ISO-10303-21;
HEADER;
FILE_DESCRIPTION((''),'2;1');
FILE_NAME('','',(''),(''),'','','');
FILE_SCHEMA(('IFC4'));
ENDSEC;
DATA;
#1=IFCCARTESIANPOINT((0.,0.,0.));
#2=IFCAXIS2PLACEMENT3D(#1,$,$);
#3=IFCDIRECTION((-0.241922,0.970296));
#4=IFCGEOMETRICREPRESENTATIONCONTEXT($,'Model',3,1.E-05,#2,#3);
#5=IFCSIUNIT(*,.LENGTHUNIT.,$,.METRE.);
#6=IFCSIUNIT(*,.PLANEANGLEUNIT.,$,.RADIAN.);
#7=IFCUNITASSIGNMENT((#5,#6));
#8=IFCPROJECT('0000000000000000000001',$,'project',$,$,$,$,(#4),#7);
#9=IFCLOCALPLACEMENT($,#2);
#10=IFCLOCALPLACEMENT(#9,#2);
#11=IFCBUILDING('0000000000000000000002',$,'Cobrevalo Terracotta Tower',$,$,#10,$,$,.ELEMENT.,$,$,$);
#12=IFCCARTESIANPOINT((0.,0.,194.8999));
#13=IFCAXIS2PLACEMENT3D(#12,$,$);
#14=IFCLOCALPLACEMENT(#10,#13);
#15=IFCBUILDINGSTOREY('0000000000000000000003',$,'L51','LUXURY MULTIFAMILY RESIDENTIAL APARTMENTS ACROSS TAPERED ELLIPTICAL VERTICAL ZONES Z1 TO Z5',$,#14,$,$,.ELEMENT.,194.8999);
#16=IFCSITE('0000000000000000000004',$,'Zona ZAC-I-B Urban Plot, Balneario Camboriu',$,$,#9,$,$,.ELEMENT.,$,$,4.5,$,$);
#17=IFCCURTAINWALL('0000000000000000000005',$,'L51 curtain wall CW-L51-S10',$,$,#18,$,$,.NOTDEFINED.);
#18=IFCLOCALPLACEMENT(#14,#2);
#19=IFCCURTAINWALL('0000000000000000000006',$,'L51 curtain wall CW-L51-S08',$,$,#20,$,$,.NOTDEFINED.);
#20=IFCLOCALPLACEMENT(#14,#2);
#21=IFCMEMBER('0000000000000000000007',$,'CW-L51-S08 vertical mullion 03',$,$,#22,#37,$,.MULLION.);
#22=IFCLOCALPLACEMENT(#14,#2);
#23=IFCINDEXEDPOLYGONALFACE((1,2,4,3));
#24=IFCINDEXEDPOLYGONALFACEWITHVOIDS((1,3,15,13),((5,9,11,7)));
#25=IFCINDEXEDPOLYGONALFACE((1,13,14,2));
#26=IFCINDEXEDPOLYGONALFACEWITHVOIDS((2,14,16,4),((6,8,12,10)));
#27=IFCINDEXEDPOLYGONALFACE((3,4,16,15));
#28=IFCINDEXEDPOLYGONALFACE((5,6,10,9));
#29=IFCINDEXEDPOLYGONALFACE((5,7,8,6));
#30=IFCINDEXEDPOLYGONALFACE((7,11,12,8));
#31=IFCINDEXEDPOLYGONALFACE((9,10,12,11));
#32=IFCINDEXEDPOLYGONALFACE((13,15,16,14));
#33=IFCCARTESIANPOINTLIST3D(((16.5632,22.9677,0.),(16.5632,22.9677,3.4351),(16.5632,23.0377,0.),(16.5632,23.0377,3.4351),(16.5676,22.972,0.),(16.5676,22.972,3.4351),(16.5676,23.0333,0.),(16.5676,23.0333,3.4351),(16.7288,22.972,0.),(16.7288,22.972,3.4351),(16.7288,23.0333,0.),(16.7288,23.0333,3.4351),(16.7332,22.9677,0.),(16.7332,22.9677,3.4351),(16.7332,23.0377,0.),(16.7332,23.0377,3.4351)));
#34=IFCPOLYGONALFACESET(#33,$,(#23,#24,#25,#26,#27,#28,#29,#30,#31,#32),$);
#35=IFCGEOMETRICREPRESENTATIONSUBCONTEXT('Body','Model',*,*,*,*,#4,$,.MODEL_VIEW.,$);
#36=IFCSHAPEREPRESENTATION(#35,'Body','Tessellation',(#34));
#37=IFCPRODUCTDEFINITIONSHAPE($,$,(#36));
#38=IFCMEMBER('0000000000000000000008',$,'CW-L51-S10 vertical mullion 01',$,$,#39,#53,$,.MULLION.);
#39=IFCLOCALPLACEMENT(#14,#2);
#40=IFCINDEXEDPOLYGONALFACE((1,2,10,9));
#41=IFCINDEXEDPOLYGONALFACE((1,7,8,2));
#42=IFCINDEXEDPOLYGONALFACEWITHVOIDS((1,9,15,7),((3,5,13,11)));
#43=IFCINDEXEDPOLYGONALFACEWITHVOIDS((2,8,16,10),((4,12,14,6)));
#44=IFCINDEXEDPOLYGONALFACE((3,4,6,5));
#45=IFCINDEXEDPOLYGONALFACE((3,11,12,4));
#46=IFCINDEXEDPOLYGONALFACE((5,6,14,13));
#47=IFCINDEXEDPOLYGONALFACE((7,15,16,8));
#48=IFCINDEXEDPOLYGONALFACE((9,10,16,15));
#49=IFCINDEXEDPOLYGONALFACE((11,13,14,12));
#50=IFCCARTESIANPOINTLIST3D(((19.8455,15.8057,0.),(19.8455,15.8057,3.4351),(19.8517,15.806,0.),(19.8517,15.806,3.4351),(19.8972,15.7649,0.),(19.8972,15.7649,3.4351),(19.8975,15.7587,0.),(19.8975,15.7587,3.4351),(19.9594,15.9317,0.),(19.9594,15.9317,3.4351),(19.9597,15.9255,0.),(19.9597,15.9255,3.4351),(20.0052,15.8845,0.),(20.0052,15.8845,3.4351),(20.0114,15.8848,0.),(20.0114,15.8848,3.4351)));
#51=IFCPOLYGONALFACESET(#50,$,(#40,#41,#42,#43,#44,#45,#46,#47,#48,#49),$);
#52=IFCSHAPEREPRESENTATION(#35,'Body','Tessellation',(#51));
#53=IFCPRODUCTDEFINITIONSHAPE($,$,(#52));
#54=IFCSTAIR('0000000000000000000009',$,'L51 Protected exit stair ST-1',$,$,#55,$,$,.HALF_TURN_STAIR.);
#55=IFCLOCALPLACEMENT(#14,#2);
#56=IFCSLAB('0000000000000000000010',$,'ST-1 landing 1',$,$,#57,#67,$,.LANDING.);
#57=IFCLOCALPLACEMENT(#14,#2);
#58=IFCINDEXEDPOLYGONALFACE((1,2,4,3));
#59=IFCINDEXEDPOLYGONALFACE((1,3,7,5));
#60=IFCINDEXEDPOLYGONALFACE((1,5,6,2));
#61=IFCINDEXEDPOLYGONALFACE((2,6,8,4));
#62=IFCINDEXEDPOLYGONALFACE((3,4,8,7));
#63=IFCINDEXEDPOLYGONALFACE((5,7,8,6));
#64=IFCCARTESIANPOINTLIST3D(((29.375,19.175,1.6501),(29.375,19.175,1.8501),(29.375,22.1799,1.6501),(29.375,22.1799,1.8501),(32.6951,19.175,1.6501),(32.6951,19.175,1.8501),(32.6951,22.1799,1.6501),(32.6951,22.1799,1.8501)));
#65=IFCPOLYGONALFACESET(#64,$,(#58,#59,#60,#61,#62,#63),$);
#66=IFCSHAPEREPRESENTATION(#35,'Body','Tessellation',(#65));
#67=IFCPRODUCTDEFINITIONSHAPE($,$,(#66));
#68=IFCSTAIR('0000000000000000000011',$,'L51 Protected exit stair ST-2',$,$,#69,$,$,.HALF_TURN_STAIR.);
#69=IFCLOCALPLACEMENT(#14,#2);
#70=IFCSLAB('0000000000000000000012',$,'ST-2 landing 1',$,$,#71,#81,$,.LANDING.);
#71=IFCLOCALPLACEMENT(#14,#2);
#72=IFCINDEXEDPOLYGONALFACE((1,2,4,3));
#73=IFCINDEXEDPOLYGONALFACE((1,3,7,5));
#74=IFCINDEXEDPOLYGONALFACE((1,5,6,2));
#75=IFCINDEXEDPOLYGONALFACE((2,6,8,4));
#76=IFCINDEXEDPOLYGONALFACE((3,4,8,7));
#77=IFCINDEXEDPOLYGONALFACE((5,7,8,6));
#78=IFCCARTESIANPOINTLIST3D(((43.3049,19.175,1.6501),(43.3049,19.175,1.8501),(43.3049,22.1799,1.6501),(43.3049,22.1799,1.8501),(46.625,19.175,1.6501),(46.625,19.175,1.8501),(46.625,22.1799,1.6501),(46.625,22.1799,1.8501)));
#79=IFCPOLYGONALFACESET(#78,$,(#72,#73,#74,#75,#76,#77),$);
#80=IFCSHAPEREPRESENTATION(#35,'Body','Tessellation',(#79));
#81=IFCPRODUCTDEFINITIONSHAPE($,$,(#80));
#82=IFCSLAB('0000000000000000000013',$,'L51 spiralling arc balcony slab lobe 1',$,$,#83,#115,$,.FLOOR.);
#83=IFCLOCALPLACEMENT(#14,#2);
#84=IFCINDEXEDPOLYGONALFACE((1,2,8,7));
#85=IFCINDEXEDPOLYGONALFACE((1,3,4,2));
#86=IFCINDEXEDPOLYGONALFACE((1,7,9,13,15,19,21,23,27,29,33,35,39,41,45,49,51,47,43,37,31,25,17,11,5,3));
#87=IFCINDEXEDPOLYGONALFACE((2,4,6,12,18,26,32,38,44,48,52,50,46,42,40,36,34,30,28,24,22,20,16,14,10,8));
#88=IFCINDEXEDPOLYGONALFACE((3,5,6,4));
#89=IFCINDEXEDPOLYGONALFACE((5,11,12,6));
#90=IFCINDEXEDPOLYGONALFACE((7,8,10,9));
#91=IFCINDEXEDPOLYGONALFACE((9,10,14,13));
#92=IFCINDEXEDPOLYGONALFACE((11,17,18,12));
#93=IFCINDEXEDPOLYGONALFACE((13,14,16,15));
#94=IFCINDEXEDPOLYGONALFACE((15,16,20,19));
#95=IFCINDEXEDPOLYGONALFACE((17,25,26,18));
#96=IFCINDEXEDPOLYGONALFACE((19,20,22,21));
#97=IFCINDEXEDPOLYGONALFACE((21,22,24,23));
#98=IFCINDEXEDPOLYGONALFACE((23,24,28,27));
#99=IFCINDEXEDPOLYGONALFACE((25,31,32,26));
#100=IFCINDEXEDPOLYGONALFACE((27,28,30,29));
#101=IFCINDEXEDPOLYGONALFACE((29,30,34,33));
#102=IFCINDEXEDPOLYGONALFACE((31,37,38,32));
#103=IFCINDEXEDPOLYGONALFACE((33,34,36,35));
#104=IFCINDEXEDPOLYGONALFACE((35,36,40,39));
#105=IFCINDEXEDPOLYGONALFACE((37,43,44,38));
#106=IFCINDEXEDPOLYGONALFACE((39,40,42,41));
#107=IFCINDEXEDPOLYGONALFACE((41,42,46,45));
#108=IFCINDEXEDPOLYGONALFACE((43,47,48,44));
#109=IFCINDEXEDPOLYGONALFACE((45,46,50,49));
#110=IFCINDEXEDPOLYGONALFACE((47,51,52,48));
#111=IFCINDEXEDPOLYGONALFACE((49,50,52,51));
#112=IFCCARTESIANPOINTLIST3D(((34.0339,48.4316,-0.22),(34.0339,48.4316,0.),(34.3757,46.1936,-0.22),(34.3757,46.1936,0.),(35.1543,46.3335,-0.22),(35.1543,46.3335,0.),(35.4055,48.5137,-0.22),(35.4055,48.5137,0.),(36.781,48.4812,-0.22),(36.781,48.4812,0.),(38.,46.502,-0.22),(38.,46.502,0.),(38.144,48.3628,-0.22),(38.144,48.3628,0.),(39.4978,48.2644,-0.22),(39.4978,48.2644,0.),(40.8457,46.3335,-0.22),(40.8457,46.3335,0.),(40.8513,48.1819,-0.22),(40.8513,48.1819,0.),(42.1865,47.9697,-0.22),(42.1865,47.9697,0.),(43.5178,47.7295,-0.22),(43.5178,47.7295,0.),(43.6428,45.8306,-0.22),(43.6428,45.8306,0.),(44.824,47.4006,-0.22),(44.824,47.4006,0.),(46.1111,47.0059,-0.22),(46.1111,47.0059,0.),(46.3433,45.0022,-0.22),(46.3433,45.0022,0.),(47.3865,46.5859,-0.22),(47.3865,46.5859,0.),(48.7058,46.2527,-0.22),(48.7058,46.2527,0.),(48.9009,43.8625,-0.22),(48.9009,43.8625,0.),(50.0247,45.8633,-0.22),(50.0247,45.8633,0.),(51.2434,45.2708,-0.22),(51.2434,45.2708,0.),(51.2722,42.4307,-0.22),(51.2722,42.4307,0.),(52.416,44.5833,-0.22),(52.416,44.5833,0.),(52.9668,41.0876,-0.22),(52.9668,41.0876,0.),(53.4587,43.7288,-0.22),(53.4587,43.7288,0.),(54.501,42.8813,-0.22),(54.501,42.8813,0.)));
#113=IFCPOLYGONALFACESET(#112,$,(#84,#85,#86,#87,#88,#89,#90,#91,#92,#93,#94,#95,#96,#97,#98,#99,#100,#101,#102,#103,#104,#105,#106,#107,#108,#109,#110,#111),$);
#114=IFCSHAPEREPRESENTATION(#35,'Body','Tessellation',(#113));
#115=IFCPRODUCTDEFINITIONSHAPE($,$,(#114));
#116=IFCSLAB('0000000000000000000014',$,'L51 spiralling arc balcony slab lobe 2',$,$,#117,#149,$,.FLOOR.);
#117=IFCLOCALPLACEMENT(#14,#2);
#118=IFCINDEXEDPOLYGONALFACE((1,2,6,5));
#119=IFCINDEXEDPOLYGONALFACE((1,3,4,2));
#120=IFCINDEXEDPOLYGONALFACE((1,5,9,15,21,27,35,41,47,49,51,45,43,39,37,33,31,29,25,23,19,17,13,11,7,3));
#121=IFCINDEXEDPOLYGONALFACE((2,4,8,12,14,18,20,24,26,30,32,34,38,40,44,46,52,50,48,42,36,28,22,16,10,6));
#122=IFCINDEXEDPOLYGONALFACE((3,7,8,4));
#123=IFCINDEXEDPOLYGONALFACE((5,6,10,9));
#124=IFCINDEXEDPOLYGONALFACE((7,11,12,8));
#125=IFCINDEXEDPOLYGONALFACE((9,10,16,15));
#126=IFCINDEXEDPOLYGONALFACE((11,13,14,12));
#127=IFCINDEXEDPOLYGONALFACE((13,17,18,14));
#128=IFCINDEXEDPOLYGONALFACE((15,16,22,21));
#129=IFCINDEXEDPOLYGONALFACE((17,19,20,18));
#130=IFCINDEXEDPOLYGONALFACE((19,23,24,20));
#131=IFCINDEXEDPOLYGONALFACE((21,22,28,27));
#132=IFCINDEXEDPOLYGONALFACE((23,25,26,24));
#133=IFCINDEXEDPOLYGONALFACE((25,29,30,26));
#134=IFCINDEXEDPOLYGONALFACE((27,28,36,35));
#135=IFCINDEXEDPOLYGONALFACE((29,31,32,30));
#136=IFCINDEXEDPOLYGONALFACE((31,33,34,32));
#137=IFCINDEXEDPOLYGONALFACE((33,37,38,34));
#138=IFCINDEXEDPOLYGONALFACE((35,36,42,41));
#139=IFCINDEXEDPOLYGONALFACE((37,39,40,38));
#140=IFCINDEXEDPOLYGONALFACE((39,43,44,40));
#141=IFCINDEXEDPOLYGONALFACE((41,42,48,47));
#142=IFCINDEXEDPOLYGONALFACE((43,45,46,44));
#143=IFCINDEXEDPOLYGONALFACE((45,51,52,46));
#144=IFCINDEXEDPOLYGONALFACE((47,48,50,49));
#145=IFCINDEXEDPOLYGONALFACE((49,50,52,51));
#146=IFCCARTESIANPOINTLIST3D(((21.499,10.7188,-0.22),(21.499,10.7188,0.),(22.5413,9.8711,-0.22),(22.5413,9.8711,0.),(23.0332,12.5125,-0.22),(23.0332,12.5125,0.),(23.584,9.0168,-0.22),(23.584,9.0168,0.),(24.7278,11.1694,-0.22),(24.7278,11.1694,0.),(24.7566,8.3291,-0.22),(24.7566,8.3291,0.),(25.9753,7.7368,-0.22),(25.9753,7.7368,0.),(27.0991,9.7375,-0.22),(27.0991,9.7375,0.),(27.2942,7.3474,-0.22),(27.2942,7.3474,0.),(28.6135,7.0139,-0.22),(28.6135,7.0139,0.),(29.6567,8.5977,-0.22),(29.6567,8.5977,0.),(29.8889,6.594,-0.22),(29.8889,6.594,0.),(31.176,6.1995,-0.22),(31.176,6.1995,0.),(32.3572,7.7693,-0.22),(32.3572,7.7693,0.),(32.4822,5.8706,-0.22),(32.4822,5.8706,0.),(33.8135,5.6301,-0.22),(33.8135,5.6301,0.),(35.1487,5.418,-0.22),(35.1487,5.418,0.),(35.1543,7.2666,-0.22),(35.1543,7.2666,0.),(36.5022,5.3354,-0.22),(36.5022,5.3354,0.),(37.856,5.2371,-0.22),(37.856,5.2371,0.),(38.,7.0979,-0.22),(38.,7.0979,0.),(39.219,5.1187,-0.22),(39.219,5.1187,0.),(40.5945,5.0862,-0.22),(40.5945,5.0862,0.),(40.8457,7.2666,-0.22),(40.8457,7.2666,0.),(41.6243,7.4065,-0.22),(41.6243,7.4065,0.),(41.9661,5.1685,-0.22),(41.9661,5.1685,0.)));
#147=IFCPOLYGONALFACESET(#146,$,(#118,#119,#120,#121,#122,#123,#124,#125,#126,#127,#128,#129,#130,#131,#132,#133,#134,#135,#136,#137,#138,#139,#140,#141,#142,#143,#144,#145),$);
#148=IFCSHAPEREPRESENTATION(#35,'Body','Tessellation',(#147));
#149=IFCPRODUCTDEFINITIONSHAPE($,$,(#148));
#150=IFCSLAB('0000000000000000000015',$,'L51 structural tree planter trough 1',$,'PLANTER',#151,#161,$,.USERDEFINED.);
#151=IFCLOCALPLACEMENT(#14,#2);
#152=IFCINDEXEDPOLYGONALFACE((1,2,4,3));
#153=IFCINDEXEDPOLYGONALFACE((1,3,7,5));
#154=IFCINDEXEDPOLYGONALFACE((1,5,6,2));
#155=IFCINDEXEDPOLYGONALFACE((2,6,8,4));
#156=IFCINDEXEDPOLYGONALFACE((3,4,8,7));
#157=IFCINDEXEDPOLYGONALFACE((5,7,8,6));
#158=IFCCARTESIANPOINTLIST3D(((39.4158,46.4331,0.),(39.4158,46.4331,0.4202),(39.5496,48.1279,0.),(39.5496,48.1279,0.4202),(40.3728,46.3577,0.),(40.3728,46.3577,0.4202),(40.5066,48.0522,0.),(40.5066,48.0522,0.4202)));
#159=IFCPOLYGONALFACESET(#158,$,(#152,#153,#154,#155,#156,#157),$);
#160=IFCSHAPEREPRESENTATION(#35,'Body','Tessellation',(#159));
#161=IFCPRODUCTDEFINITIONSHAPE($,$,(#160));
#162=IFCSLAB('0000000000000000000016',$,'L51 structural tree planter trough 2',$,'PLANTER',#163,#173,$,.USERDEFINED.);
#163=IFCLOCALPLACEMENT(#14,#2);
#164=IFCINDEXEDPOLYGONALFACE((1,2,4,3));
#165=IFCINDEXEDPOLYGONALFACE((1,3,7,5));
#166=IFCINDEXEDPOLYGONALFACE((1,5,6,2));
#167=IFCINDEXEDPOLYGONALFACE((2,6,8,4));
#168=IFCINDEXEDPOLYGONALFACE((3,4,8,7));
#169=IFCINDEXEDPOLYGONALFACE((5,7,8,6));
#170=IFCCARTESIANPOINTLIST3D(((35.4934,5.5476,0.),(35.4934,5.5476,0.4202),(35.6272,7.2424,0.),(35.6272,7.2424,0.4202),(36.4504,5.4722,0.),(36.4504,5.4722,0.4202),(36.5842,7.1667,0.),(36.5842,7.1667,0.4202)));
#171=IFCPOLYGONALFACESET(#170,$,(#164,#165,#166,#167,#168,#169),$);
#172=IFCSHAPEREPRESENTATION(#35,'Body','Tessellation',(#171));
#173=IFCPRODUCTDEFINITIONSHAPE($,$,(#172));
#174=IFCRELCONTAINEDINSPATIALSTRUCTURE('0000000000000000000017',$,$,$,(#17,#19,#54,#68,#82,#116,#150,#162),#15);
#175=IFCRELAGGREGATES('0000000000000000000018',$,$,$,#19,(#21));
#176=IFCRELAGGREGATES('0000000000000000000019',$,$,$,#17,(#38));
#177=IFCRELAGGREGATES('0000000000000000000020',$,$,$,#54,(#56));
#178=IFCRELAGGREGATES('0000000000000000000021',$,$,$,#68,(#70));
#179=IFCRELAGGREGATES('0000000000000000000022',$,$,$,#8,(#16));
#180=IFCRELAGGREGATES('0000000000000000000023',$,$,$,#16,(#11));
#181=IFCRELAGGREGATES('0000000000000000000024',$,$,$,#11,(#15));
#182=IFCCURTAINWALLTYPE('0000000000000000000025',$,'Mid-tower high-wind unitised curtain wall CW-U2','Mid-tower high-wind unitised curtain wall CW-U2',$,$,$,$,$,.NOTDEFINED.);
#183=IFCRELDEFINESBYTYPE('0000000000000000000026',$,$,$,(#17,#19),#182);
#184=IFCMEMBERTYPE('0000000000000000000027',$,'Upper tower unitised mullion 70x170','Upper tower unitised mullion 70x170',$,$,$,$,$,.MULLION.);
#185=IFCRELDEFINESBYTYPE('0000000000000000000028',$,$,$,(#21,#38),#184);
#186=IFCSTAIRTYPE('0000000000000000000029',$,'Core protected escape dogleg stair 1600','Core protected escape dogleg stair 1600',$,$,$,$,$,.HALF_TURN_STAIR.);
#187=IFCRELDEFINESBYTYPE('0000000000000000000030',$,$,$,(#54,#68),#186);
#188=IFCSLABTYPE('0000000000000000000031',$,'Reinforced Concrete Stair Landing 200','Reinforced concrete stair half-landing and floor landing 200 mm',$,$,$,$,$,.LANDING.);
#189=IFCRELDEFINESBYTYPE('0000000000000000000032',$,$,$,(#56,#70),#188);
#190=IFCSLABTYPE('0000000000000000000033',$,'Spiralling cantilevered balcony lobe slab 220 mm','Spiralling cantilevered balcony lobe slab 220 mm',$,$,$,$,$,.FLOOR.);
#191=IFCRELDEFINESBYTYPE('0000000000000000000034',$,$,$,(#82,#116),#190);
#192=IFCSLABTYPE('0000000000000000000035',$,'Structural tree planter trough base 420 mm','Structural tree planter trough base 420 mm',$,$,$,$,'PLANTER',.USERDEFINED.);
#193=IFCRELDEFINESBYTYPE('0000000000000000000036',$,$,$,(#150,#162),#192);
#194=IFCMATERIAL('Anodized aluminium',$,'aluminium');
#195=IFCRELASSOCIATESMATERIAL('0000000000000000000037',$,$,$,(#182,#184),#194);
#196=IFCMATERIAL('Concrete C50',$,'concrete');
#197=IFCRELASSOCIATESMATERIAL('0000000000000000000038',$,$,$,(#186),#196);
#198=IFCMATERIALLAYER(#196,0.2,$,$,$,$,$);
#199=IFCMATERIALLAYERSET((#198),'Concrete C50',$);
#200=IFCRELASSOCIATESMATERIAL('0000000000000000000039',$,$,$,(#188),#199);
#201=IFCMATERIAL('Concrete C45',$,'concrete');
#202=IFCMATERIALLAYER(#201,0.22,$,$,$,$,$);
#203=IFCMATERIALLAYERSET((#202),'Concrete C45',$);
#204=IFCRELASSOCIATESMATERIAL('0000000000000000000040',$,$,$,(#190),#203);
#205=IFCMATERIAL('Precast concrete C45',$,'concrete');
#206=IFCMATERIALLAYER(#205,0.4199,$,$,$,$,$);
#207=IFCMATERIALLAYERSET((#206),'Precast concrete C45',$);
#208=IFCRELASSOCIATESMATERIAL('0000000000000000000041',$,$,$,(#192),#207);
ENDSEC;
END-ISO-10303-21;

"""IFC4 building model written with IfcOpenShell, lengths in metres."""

from ifc_helpers import new_model, si_unit, direction, frame, origin, origin_2d, place, context, subcontext, project, spatial, polyline, hollow_rectangle, outline, extrude, source, transform, mapped, material, layer, layer_set, material_profile, profile_set, type_object, element, aggregate, save


model = new_model("IFC4")

# Units and contexts
model_context = context("Model", 3, precision=1e-05, world=origin(), true_north=direction((-0.241922, 0.970296)))
body_context = subcontext(model_context, "Body", "Model", "MODEL_VIEW")
ifc_project = project(units=[si_unit("LENGTHUNIT", "METRE"), si_unit("PLANEANGLEUNIT", "RADIAN")], contexts=[model_context])

# Site, building, storey
site_placement = place(None, origin())
site = spatial("IfcSite", under=ifc_project, at=site_placement, Name="Zona ZAC-I-B Urban Plot, Balneario Camboriu", CompositionType="ELEMENT", RefElevation=4.5)
building_placement = place(site_placement, origin())
building = spatial("IfcBuilding", under=site, at=building_placement, Name="Cobrevalo Terracotta Tower", CompositionType="ELEMENT")
storey_placement = place(building_placement, frame((0.0, 0.0, 194.8999)))
storey = spatial("IfcBuildingStorey", under=building, at=storey_placement, Name="L51", Description="LUXURY MULTIFAMILY RESIDENTIAL APARTMENTS ACROSS TAPERED ELLIPTICAL VERTICAL ZONES Z1 TO Z5", CompositionType="ELEMENT", Elevation=194.8999)

# Curtain wall
ifc_material_1 = material(Name="Anodized aluminium", Category="aluminium")
curtain_wall_type = type_object("IfcCurtainWallType", Name="Mid-tower high-wind unitised curtain wall CW-U2", Description="Mid-tower high-wind unitised curtain wall CW-U2", PredefinedType="NOTDEFINED", material=ifc_material_1)
curtain_wall_1_placement = place(storey_placement, origin())
curtain_wall_1 = element("IfcCurtainWall", 1, at=curtain_wall_1_placement, inside=storey, type_object=curtain_wall_type, Name="L51 curtain wall CW-L51-S10", PredefinedType="NOTDEFINED")

# Curtain wall, member
curtain_wall_2_placement = place(storey_placement, origin())
curtain_wall_2 = element("IfcCurtainWall", 2, at=curtain_wall_2_placement, inside=storey, type_object=curtain_wall_type, Name="L51 curtain wall CW-L51-S08", PredefinedType="NOTDEFINED")
ifc_material_profile_1 = material_profile(ifc_material_1, hollow_rectangle(XDim=0.0701, YDim=0.1699, WallThickness=0.0044, at=origin_2d()), Name="CWM 70x170")
ifc_profile_set_1 = profile_set([ifc_material_profile_1], Name="Anodized aluminium")
member_type_1 = type_object("IfcMemberType", Name="Upper tower unitised mullion 70x170", Description="Upper tower unitised mullion 70x170", PredefinedType="MULLION", material=ifc_profile_set_1)
shared_shape_1 = source(origin(), body_context, "Body", "SweptSolid", [
    extrude(hollow_rectangle(XDim=0.0701, YDim=0.1699, WallThickness=0.0044, at=origin_2d()), origin(), (0.0, 0.0, 1.0), 3.4351),
])
member_1_placement = place(storey_placement, frame((16.6482, 23.0027, 0.0), z_axis=(0.0, 0.0, 1.0), x_axis=(0.0, -1.0, 0.0)))
member_1 = element("IfcMember", 3, at=member_1_placement, type_object=member_type_1, Name="CW-L51-S08 vertical mullion 03", PredefinedType="MULLION", context=body_context, shape_type="MappedRepresentation", body=[
    mapped(shared_shape_1, transform((0.0, 0.0, 0.0), scale=1.0)),
])
aggregate(curtain_wall_2, [member_1])

# Member
member_2_placement = place(storey_placement, frame((19.9285, 15.8452, 0.0), z_axis=(0.0, 0.0, 1.0), x_axis=(0.741988, -0.670414, 0.0)))
member_2 = element("IfcMember", 4, at=member_2_placement, type_object=member_type_1, Name="CW-L51-S10 vertical mullion 01", PredefinedType="MULLION", context=body_context, shape_type="MappedRepresentation", body=[
    mapped(shared_shape_1, transform((0.0, 0.0, 0.0), scale=1.0)),
])
aggregate(curtain_wall_1, [member_2])

# Stairs, slabs
ifc_material_2 = material(Name="Concrete C50", Category="concrete")
stair_type = type_object("IfcStairType", Name="Core protected escape dogleg stair 1600", Description="Core protected escape dogleg stair 1600", PredefinedType="HALF_TURN_STAIR", material=ifc_material_2)
stair_1_placement = place(storey_placement, origin())
stair_1 = element("IfcStair", 5, at=stair_1_placement, inside=storey, type_object=stair_type, Name="L51 Protected exit stair ST-1", PredefinedType="HALF_TURN_STAIR")
ifc_layer_1 = layer(ifc_material_2, 0.2)
ifc_layer_set_1 = layer_set([ifc_layer_1], Name="Concrete C50")
slab_type_1 = type_object("IfcSlabType", Name="Reinforced Concrete Stair Landing 200", Description="Reinforced concrete stair half-landing and floor landing 200 mm", PredefinedType="LANDING", material=ifc_layer_set_1)
slab_1_placement = place(storey_placement, frame((0.0, 0.0, 1.6501)))
slab_1 = element("IfcSlab", 6, at=slab_1_placement, type_object=slab_type_1, Name="ST-1 landing 1", PredefinedType="LANDING", context=body_context, shape_type="SweptSolid", body=[
    extrude(outline(polyline([(29.375, 22.1799), (29.375, 19.175), (32.6951, 19.175), (32.6951, 22.1799), (29.375, 22.1799)])), origin(), (0.0, 0.0, 1.0), 0.2),
])
aggregate(stair_1, [slab_1])
stair_2_placement = place(storey_placement, origin())
stair_2 = element("IfcStair", 7, at=stair_2_placement, inside=storey, type_object=stair_type, Name="L51 Protected exit stair ST-2", PredefinedType="HALF_TURN_STAIR")
slab_2_placement = place(storey_placement, frame((0.0, 0.0, 1.6501)))
slab_2 = element("IfcSlab", 8, at=slab_2_placement, type_object=slab_type_1, Name="ST-2 landing 1", PredefinedType="LANDING", context=body_context, shape_type="SweptSolid", body=[
    extrude(outline(polyline([(43.3049, 22.1799), (43.3049, 19.175), (46.625, 19.175), (46.625, 22.1799), (43.3049, 22.1799)])), origin(), (0.0, 0.0, 1.0), 0.2),
])
aggregate(stair_2, [slab_2])

# Slabs
ifc_material_3 = material(Name="Concrete C45", Category="concrete")
ifc_layer_2 = layer(ifc_material_3, 0.22)
ifc_layer_set_2 = layer_set([ifc_layer_2], Name="Concrete C45")
slab_type_2 = type_object("IfcSlabType", Name="Spiralling cantilevered balcony lobe slab 220 mm", Description="Spiralling cantilevered balcony lobe slab 220 mm", PredefinedType="FLOOR", material=ifc_layer_set_2)
slab_3_placement = place(storey_placement, frame((0.0, 0.0, -0.22)))
element("IfcSlab", 9, at=slab_3_placement, inside=storey, type_object=slab_type_2, Name="L51 spiralling arc balcony slab lobe 1", PredefinedType="FLOOR", context=body_context, shape_type="SweptSolid", body=[
    extrude(outline(polyline([(54.501, 42.8813), (53.4587, 43.7288), (52.416, 44.5833), (51.2434, 45.2708), (50.0247, 45.8633), (48.7058, 46.2527), (47.3865, 46.5859), (46.1111, 47.0059), (44.824, 47.4006), (43.5178, 47.7295), (42.1865, 47.9697), (40.8513, 48.1819), (39.4978, 48.2644), (38.144, 48.3628), (36.781, 48.4812), (35.4055, 48.5137), (34.0339, 48.4316), (34.3757, 46.1936), (35.1543, 46.3335), (38.0, 46.502), (40.8457, 46.3335), (43.6428, 45.8306), (46.3433, 45.0022), (48.9009, 43.8625), (51.2722, 42.4307), (52.9668, 41.0876), (54.501, 42.8813)])), origin(), (0.0, 0.0, 1.0), 0.22),
])
slab_4_placement = place(storey_placement, frame((0.0, 0.0, -0.22)))
element("IfcSlab", 10, at=slab_4_placement, inside=storey, type_object=slab_type_2, Name="L51 spiralling arc balcony slab lobe 2", PredefinedType="FLOOR", context=body_context, shape_type="SweptSolid", body=[
    extrude(outline(polyline([(21.499, 10.7188), (22.5413, 9.8711), (23.584, 9.0168), (24.7566, 8.3291), (25.9753, 7.7368), (27.2942, 7.3474), (28.6135, 7.0139), (29.8889, 6.594), (31.176, 6.1995), (32.4822, 5.8706), (33.8135, 5.6301), (35.1487, 5.418), (36.5022, 5.3354), (37.856, 5.2371), (39.219, 5.1187), (40.5945, 5.0862), (41.9661, 5.1685), (41.6243, 7.4065), (40.8457, 7.2666), (38.0, 7.0979), (35.1543, 7.2666), (32.3572, 7.7693), (29.6567, 8.5977), (27.0991, 9.7375), (24.7278, 11.1694), (23.0332, 12.5125), (21.499, 10.7188)])), origin(), (0.0, 0.0, 1.0), 0.22),
])
ifc_material_4 = material(Name="Precast concrete C45", Category="concrete")
ifc_layer_3 = layer(ifc_material_4, 0.4199)
ifc_layer_set_3 = layer_set([ifc_layer_3], Name="Precast concrete C45")
slab_type_3 = type_object("IfcSlabType", Name="Structural tree planter trough base 420 mm", Description="Structural tree planter trough base 420 mm", ElementType="PLANTER", PredefinedType="USERDEFINED", material=ifc_layer_set_3)
slab_5_placement = place(storey_placement, origin())
element("IfcSlab", 11, at=slab_5_placement, inside=storey, type_object=slab_type_3, Name="L51 structural tree planter trough 1", ObjectType="PLANTER", PredefinedType="USERDEFINED", context=body_context, shape_type="SweptSolid", body=[
    extrude(outline(polyline([(40.3728, 46.3577), (40.5066, 48.0522), (39.5496, 48.1279), (39.4158, 46.4331), (40.3728, 46.3577)])), origin(), (0.0, 0.0, 1.0), 0.4202),
])
slab_6_placement = place(storey_placement, origin())
element("IfcSlab", 12, at=slab_6_placement, inside=storey, type_object=slab_type_3, Name="L51 structural tree planter trough 2", ObjectType="PLANTER", PredefinedType="USERDEFINED", context=body_context, shape_type="SweptSolid", body=[
    extrude(outline(polyline([(35.6272, 7.2424), (35.4934, 5.5476), (36.4504, 5.4722), (36.5842, 7.1667), (35.6272, 7.2424)])), origin(), (0.0, 0.0, 1.0), 0.4202),
])

save(model, "model.ifc")
